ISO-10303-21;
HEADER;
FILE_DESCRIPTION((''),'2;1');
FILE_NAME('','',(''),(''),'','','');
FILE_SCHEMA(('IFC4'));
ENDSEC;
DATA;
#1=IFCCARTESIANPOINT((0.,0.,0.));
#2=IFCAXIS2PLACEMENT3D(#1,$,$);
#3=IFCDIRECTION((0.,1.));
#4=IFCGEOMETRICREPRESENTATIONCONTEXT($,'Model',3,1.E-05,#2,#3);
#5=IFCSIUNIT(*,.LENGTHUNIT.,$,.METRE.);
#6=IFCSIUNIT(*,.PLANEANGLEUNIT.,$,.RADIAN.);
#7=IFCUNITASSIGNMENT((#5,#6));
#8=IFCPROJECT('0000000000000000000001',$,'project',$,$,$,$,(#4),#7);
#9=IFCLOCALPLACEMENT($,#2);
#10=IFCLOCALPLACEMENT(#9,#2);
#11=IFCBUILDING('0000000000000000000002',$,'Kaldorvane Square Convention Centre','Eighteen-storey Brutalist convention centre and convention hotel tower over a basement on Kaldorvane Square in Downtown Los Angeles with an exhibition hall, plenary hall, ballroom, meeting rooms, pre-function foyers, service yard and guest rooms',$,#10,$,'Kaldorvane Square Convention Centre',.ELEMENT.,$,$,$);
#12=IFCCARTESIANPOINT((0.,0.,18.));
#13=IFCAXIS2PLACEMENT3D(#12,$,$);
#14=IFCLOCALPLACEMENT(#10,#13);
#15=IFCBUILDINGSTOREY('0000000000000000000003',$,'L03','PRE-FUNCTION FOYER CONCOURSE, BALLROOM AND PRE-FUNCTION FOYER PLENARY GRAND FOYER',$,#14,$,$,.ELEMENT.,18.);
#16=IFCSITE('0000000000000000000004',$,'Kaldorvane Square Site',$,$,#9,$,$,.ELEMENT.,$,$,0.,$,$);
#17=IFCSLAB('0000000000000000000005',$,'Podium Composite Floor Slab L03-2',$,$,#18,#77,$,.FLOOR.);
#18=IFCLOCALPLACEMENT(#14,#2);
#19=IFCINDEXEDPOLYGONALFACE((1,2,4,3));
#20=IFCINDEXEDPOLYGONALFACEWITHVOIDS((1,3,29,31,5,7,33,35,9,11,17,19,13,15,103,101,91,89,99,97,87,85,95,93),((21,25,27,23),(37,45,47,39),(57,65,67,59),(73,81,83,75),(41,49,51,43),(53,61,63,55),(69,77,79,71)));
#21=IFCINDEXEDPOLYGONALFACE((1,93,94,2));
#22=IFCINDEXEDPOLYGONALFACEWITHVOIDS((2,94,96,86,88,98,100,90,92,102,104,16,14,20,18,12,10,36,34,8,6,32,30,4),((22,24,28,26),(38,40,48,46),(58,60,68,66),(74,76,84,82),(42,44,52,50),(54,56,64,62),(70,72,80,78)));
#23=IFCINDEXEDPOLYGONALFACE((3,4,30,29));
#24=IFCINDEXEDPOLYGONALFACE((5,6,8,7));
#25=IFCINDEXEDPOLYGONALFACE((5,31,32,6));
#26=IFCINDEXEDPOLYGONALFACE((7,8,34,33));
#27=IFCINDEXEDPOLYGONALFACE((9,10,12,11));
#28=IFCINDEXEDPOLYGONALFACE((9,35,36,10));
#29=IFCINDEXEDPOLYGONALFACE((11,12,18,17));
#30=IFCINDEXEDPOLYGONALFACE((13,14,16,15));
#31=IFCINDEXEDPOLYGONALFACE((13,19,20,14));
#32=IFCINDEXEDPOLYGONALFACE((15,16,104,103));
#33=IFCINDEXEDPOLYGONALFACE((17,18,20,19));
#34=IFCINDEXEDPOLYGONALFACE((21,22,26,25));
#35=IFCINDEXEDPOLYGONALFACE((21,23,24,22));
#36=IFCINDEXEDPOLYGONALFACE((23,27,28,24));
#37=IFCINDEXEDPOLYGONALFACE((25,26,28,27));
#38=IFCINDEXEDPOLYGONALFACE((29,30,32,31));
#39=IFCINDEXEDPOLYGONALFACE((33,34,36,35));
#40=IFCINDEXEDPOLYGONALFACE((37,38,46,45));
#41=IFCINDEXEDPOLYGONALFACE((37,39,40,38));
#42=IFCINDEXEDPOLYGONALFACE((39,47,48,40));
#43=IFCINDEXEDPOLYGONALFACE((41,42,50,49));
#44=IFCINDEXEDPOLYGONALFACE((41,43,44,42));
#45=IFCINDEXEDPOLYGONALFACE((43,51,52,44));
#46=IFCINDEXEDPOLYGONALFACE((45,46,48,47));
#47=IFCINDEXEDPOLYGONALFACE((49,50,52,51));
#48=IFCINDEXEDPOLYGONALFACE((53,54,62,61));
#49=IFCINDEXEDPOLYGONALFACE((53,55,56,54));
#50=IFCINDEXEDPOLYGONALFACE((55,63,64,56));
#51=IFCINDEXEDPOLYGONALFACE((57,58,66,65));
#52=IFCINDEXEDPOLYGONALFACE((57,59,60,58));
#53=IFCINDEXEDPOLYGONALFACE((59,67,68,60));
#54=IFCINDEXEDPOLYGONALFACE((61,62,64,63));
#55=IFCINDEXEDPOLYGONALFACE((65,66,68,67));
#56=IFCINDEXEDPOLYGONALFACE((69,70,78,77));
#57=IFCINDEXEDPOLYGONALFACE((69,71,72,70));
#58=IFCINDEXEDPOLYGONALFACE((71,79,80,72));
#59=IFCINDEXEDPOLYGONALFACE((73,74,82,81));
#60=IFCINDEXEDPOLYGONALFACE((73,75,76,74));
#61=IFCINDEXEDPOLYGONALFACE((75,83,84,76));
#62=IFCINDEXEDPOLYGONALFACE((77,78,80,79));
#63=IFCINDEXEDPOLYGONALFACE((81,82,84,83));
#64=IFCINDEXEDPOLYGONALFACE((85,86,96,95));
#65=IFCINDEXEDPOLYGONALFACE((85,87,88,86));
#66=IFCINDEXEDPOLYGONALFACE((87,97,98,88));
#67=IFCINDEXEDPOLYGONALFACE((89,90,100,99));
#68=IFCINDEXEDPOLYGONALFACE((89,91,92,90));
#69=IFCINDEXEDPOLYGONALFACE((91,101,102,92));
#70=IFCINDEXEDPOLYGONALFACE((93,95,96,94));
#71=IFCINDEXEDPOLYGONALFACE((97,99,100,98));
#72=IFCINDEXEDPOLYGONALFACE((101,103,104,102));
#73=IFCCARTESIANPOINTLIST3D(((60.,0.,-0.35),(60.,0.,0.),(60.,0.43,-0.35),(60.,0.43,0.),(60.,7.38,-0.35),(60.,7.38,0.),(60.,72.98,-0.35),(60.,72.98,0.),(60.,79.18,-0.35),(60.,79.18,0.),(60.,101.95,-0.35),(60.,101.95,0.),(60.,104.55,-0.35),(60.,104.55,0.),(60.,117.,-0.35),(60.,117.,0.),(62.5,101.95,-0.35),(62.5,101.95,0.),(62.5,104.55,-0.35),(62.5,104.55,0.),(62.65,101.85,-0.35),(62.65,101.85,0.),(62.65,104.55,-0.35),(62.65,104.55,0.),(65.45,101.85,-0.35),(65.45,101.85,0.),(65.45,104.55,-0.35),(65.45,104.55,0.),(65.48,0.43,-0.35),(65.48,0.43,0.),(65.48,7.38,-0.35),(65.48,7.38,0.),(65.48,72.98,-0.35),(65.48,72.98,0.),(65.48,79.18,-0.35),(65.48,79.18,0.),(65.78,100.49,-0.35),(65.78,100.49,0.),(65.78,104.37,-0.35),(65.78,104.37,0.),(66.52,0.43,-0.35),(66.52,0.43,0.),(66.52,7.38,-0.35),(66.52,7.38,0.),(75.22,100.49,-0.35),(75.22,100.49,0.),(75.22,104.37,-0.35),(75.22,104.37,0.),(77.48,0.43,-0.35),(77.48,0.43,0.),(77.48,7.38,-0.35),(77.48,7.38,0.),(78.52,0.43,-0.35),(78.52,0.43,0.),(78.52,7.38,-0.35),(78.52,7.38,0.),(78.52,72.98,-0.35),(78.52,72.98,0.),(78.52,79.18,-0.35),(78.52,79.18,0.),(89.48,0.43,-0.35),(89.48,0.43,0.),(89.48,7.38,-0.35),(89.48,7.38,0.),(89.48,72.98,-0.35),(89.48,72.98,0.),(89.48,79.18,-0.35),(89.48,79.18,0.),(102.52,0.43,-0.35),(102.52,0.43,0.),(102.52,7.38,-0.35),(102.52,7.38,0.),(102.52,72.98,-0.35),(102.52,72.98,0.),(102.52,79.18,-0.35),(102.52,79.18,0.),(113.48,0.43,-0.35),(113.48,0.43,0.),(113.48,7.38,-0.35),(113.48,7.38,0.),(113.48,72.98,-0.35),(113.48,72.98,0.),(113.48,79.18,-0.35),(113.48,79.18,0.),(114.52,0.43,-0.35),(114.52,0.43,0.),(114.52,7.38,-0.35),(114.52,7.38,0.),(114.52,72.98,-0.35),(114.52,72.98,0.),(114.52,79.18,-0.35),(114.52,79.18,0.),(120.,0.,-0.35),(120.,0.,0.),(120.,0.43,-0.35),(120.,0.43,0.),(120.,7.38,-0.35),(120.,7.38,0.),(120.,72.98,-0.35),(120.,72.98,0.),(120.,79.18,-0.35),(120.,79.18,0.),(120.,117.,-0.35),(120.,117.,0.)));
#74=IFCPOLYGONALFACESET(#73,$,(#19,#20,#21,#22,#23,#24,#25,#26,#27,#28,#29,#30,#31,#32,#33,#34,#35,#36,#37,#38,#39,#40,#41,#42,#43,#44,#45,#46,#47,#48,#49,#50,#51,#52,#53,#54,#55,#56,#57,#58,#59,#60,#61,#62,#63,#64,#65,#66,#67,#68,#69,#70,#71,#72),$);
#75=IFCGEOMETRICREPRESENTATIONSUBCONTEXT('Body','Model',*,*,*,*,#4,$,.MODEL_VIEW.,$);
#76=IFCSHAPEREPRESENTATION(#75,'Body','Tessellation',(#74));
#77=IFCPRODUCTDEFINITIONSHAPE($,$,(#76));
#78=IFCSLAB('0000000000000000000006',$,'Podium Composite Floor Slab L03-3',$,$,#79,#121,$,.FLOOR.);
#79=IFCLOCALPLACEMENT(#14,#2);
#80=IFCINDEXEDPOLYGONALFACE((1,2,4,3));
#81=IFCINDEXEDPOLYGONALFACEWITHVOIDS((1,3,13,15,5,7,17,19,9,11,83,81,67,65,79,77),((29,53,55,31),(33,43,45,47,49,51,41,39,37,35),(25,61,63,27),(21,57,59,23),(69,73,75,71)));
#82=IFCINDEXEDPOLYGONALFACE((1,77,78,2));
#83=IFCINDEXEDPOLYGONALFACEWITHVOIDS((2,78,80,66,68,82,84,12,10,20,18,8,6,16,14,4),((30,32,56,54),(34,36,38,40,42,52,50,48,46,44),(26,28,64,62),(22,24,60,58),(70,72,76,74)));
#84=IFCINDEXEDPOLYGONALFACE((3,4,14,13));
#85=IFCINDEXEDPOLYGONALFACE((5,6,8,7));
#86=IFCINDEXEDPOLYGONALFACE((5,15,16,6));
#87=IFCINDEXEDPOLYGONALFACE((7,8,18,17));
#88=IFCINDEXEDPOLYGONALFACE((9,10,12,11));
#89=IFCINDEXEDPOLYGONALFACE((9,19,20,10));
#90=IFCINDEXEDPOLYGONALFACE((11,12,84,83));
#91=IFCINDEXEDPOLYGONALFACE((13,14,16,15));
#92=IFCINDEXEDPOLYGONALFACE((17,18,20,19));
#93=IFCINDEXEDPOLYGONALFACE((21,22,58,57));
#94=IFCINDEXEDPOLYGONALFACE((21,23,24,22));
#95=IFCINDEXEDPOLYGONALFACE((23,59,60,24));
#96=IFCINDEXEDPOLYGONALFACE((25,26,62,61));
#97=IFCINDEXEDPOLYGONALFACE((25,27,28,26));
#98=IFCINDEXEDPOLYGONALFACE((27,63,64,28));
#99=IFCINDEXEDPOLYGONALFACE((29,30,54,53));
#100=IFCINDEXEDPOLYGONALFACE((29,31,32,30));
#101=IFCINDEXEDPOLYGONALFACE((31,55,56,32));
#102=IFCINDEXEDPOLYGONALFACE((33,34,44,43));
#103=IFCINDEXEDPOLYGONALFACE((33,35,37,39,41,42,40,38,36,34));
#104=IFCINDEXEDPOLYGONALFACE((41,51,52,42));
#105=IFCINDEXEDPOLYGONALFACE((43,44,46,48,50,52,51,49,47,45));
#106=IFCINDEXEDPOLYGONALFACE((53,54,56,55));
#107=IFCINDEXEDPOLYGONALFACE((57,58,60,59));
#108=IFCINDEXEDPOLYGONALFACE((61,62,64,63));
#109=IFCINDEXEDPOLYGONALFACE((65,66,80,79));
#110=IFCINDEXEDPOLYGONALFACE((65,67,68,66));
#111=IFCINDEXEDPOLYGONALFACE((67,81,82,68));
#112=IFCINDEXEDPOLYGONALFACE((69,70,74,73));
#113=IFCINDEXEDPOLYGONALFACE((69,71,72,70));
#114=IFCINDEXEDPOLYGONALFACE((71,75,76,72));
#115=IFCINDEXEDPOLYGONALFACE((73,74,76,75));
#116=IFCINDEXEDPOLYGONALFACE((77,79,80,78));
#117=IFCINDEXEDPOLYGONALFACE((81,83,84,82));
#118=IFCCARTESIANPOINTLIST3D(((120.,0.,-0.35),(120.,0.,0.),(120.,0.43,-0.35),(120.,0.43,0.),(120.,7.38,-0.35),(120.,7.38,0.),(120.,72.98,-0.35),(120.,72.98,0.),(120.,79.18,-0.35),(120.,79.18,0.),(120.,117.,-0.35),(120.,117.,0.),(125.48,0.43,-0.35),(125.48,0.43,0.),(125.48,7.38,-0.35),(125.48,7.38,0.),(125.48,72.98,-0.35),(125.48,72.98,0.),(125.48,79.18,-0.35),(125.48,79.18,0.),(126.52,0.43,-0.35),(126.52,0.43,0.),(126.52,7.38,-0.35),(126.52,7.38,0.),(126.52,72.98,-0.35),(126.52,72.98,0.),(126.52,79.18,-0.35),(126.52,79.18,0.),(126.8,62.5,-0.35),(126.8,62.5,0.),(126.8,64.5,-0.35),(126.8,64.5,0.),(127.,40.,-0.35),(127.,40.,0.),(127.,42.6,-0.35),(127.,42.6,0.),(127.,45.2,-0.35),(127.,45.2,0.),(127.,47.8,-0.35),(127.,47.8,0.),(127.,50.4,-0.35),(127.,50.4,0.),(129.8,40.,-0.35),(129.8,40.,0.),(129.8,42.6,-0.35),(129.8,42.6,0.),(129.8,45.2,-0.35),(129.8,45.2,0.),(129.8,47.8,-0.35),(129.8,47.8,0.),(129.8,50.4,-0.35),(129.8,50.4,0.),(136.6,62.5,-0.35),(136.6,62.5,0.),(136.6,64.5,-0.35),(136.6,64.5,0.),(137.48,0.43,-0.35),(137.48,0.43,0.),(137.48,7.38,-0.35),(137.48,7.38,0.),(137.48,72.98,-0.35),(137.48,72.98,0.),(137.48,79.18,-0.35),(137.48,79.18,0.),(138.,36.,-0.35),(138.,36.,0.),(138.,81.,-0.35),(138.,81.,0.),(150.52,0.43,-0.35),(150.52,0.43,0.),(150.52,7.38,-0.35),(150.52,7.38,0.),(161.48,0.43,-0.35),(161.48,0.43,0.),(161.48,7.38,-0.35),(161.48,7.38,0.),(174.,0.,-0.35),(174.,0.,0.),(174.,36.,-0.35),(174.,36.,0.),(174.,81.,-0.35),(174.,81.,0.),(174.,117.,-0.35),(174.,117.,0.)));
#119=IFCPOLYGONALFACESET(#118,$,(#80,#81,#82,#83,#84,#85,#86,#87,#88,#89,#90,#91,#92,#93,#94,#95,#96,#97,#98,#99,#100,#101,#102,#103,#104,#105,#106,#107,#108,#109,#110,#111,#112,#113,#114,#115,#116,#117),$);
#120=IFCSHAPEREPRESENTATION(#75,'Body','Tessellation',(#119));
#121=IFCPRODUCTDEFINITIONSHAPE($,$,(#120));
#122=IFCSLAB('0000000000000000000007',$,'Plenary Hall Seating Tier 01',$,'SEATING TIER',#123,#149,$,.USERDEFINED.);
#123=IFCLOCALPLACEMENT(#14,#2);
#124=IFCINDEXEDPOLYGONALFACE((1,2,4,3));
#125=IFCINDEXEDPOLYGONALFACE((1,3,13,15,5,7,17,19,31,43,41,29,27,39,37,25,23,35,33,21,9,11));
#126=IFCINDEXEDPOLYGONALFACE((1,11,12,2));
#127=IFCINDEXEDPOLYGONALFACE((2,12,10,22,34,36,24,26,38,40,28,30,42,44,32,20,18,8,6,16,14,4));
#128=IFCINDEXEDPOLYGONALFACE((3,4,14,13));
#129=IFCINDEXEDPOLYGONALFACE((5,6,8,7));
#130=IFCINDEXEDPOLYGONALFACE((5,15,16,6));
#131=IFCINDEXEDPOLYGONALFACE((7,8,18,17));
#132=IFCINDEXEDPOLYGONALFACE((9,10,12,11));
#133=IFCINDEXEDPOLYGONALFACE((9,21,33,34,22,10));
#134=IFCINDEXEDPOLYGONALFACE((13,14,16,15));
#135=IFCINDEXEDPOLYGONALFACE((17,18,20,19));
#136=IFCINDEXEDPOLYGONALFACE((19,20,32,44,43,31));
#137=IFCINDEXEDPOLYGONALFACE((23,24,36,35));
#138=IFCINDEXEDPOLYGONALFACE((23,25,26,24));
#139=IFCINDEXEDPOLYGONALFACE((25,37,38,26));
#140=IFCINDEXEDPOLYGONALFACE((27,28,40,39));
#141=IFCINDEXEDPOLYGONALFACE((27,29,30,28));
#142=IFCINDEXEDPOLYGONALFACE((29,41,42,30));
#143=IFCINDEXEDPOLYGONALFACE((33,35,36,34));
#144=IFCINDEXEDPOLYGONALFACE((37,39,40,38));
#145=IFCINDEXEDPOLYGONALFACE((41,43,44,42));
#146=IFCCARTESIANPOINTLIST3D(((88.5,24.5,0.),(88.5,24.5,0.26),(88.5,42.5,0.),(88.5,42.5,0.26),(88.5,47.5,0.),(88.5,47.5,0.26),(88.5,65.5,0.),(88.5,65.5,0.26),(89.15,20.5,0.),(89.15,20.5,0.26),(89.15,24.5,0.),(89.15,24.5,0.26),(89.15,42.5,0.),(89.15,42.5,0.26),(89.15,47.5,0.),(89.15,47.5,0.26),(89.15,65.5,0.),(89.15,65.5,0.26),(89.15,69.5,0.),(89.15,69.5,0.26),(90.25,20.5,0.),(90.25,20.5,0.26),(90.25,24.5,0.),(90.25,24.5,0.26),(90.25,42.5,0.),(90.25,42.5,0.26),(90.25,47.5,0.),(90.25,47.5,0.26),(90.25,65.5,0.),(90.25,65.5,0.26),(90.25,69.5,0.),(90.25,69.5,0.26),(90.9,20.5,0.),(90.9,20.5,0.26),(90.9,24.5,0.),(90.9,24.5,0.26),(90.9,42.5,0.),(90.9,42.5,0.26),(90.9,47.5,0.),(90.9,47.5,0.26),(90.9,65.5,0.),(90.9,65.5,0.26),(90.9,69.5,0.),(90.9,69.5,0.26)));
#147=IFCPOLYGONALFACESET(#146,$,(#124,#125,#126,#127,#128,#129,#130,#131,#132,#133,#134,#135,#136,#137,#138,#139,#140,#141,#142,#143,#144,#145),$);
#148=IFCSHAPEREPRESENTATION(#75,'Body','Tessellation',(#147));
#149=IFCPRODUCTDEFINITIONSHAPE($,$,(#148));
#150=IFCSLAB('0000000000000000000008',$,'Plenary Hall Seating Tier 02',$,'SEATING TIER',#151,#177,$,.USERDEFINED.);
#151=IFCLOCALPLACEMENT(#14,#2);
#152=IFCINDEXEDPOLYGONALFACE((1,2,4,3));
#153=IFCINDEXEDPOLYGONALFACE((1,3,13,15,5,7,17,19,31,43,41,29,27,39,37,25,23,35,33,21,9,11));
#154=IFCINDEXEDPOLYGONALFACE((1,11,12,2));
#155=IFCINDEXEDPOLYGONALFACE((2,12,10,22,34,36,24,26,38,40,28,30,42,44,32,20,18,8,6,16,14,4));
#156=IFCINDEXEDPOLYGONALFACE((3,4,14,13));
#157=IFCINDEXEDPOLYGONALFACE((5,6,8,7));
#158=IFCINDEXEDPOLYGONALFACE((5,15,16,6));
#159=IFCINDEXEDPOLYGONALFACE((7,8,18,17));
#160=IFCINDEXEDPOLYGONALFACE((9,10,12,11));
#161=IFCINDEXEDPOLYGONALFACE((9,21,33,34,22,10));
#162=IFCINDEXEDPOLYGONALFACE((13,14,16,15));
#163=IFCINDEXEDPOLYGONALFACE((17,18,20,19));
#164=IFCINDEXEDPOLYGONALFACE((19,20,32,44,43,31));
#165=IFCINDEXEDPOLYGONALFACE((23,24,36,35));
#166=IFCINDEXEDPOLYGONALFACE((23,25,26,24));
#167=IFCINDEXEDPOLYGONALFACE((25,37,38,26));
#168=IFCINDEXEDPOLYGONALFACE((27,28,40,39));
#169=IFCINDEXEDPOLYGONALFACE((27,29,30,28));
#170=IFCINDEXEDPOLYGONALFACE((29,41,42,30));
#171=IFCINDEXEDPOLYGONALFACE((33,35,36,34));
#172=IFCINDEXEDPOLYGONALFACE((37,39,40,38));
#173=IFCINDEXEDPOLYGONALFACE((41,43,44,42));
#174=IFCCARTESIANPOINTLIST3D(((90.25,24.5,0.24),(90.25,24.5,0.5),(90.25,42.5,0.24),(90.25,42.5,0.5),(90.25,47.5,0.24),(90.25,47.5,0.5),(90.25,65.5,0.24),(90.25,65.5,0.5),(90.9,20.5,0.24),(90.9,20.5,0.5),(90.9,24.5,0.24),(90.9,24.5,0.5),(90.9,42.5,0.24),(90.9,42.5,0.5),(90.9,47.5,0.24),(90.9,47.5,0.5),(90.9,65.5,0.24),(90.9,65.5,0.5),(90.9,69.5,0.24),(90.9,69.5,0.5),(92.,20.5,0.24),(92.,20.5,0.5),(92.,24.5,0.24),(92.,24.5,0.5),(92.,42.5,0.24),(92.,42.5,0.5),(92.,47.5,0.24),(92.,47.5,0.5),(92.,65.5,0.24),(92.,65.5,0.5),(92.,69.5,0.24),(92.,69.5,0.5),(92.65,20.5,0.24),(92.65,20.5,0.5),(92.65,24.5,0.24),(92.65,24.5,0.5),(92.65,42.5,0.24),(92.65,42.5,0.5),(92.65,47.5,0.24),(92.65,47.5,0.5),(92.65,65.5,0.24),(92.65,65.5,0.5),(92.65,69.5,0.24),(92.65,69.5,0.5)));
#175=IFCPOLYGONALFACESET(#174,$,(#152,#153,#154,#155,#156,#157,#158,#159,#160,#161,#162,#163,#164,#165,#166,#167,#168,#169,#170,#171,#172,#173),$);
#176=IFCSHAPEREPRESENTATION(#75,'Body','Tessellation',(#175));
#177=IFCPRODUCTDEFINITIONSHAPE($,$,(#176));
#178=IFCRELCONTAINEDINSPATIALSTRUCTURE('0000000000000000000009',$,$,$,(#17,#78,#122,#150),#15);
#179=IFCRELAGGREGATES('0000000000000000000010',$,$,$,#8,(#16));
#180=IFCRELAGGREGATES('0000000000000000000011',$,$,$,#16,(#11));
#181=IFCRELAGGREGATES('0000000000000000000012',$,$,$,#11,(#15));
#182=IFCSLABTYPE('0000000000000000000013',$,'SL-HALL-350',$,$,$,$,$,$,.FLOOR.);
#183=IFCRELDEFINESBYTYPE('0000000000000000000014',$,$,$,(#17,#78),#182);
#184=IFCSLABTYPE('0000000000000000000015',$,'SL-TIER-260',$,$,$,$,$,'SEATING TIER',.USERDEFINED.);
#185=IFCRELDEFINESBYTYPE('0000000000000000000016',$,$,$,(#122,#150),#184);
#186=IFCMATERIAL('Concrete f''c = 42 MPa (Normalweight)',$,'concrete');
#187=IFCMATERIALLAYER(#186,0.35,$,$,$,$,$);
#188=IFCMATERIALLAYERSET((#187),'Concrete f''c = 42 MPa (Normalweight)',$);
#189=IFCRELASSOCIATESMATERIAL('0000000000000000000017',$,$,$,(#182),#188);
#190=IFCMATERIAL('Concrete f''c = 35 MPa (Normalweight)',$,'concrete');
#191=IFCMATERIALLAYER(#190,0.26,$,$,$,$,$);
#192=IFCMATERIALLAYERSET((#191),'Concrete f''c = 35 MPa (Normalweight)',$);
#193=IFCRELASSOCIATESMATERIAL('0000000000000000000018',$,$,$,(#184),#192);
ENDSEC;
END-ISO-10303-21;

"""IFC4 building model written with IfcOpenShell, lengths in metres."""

from ifc_helpers import new_model, si_unit, direction, frame, origin, place, context, subcontext, project, spatial, polyline, outline, extrude, material, layer, layer_set, type_object, element, save


model = new_model("IFC4")

# Units and contexts
model_context = context("Model", 3, precision=1e-05, world=origin(), true_north=direction((0.0, 1.0)))
body_context = subcontext(model_context, "Body", "Model", "MODEL_VIEW")
ifc_project = project(units=[si_unit("LENGTHUNIT", "METRE"), si_unit("PLANEANGLEUNIT", "RADIAN")], contexts=[model_context])

# Site, building, storey
site_placement = place(None, origin())
site = spatial("IfcSite", under=ifc_project, at=site_placement, Name="Kaldorvane Square Site", CompositionType="ELEMENT", RefElevation=0.0)
building_placement = place(site_placement, origin())
building = spatial("IfcBuilding", under=site, at=building_placement, Name="Kaldorvane Square Convention Centre", Description="Eighteen-storey Brutalist convention centre and convention hotel tower over a basement on Kaldorvane Square in Downtown Los Angeles with an exhibition hall, plenary hall, ballroom, meeting rooms, pre-function foyers, service yard and guest rooms", LongName="Kaldorvane Square Convention Centre", CompositionType="ELEMENT")
storey_placement = place(building_placement, frame((0.0, 0.0, 18.0)))
storey = spatial("IfcBuildingStorey", under=building, at=storey_placement, Name="L03", Description="PRE-FUNCTION FOYER CONCOURSE, BALLROOM AND PRE-FUNCTION FOYER PLENARY GRAND FOYER", CompositionType="ELEMENT", Elevation=18.0)

# Slabs
ifc_material_1 = material(Name="Concrete f'c = 42 MPa (Normalweight)", Category="concrete")
ifc_layer_1 = layer(ifc_material_1, 0.35)
ifc_layer_set_1 = layer_set([ifc_layer_1], Name="Concrete f'c = 42 MPa (Normalweight)")
slab_type_1 = type_object("IfcSlabType", Name="SL-HALL-350", PredefinedType="FLOOR", material=ifc_layer_set_1)
slab_1_placement = place(storey_placement, frame((0.0, 0.0, -0.35)))
element("IfcSlab", 1, at=slab_1_placement, inside=storey, type_object=slab_type_1, Name="Podium Composite Floor Slab L03-2", PredefinedType="FLOOR", context=body_context, shape_type="SweptSolid", body=[
    extrude(outline(polyline([(120.0, 117.0), (120.0, 79.18), (114.52, 79.18), (114.52, 72.98), (120.0, 72.98), (120.0, 7.38), (114.52, 7.38), (114.52, 0.43), (120.0, 0.43), (120.0, 0.0), (60.0, 0.0), (60.0, 0.43), (65.48, 0.43), (65.48, 7.38), (60.0, 7.38), (60.0, 72.98), (65.48, 72.98), (65.48, 79.18), (60.0, 79.18), (60.0, 101.95), (62.5, 101.95), (62.5, 104.55), (60.0, 104.55), (60.0, 117.0), (120.0, 117.0)]), holes=[polyline([(113.48, 0.43), (113.48, 7.38), (102.52, 7.38), (102.52, 0.43), (113.48, 0.43)]), polyline([(89.48, 0.43), (89.48, 7.38), (78.52, 7.38), (78.52, 0.43), (89.48, 0.43)]), polyline([(77.48, 0.43), (77.48, 7.38), (66.52, 7.38), (66.52, 0.43), (77.48, 0.43)]), polyline([(113.48, 72.98), (113.48, 79.18), (102.52, 79.18), (102.52, 72.98), (113.48, 72.98)]), polyline([(89.48, 72.98), (89.48, 79.18), (78.52, 79.18), (78.52, 72.98), (89.48, 72.98)]), polyline([(65.78, 100.49), (75.22, 100.49), (75.22, 104.37), (65.78, 104.37), (65.78, 100.49)]), polyline([(62.65, 101.85), (65.45, 101.85), (65.45, 104.55), (62.65, 104.55), (62.65, 101.85)])]), origin(), (0.0, 0.0, 1.0), 0.35),
])
slab_2_placement = place(storey_placement, frame((0.0, 0.0, -0.35)))
element("IfcSlab", 2, at=slab_2_placement, inside=storey, type_object=slab_type_1, Name="Podium Composite Floor Slab L03-3", PredefinedType="FLOOR", context=body_context, shape_type="SweptSolid", body=[
    extrude(outline(polyline([(174.0, 117.0), (174.0, 81.0), (138.0, 81.0), (138.0, 36.0), (174.0, 36.0), (174.0, 0.0), (120.0, 0.0), (120.0, 0.43), (125.48, 0.43), (125.48, 7.38), (120.0, 7.38), (120.0, 72.98), (125.48, 72.98), (125.48, 79.18), (120.0, 79.18), (120.0, 117.0), (174.0, 117.0)]), holes=[polyline([(161.48, 0.43), (161.48, 7.38), (150.52, 7.38), (150.52, 0.43), (161.48, 0.43)]), polyline([(137.48, 0.43), (137.48, 7.38), (126.52, 7.38), (126.52, 0.43), (137.48, 0.43)]), polyline([(127.0, 42.6), (127.0, 40.0), (129.8, 40.0), (129.8, 42.6), (129.8, 45.2), (129.8, 47.8), (129.8, 50.4), (127.0, 50.4), (127.0, 47.8), (127.0, 45.2), (127.0, 42.6)]), polyline([(136.6, 62.5), (136.6, 64.5), (126.8, 64.5), (126.8, 62.5), (136.6, 62.5)]), polyline([(137.48, 72.98), (137.48, 79.18), (126.52, 79.18), (126.52, 72.98), (137.48, 72.98)])]), origin(), (0.0, 0.0, 1.0), 0.35),
])
ifc_material_2 = material(Name="Concrete f'c = 35 MPa (Normalweight)", Category="concrete")
ifc_layer_2 = layer(ifc_material_2, 0.26)
ifc_layer_set_2 = layer_set([ifc_layer_2], Name="Concrete f'c = 35 MPa (Normalweight)")
slab_type_2 = type_object("IfcSlabType", Name="SL-TIER-260", ElementType="SEATING TIER", PredefinedType="USERDEFINED", material=ifc_layer_set_2)
slab_3_placement = place(storey_placement, origin())
element("IfcSlab", 3, at=slab_3_placement, inside=storey, type_object=slab_type_2, Name="Plenary Hall Seating Tier 01", ObjectType="SEATING TIER", PredefinedType="USERDEFINED", context=body_context, shape_type="SweptSolid", body=[
    extrude(outline(polyline([(90.9, 24.5), (90.9, 20.5), (90.25, 20.5), (89.15, 20.5), (89.15, 24.5), (88.5, 24.5), (88.5, 42.5), (89.15, 42.5), (89.15, 47.5), (88.5, 47.5), (88.5, 65.5), (89.15, 65.5), (89.15, 69.5), (90.25, 69.5), (90.9, 69.5), (90.9, 65.5), (90.25, 65.5), (90.25, 47.5), (90.9, 47.5), (90.9, 42.5), (90.25, 42.5), (90.25, 24.5), (90.9, 24.5)])), origin(), (0.0, 0.0, 1.0), 0.26),
])
slab_4_placement = place(storey_placement, frame((0.0, 0.0, 0.24)))
element("IfcSlab", 4, at=slab_4_placement, inside=storey, type_object=slab_type_2, Name="Plenary Hall Seating Tier 02", ObjectType="SEATING TIER", PredefinedType="USERDEFINED", context=body_context, shape_type="SweptSolid", body=[
    extrude(outline(polyline([(92.65, 24.5), (92.65, 20.5), (92.0, 20.5), (90.9, 20.5), (90.9, 24.5), (90.25, 24.5), (90.25, 42.5), (90.9, 42.5), (90.9, 47.5), (90.25, 47.5), (90.25, 65.5), (90.9, 65.5), (90.9, 69.5), (92.0, 69.5), (92.65, 69.5), (92.65, 65.5), (92.0, 65.5), (92.0, 47.5), (92.65, 47.5), (92.65, 42.5), (92.0, 42.5), (92.0, 24.5), (92.65, 24.5)])), origin(), (0.0, 0.0, 1.0), 0.26),
])

save(model, "model.ifc")
